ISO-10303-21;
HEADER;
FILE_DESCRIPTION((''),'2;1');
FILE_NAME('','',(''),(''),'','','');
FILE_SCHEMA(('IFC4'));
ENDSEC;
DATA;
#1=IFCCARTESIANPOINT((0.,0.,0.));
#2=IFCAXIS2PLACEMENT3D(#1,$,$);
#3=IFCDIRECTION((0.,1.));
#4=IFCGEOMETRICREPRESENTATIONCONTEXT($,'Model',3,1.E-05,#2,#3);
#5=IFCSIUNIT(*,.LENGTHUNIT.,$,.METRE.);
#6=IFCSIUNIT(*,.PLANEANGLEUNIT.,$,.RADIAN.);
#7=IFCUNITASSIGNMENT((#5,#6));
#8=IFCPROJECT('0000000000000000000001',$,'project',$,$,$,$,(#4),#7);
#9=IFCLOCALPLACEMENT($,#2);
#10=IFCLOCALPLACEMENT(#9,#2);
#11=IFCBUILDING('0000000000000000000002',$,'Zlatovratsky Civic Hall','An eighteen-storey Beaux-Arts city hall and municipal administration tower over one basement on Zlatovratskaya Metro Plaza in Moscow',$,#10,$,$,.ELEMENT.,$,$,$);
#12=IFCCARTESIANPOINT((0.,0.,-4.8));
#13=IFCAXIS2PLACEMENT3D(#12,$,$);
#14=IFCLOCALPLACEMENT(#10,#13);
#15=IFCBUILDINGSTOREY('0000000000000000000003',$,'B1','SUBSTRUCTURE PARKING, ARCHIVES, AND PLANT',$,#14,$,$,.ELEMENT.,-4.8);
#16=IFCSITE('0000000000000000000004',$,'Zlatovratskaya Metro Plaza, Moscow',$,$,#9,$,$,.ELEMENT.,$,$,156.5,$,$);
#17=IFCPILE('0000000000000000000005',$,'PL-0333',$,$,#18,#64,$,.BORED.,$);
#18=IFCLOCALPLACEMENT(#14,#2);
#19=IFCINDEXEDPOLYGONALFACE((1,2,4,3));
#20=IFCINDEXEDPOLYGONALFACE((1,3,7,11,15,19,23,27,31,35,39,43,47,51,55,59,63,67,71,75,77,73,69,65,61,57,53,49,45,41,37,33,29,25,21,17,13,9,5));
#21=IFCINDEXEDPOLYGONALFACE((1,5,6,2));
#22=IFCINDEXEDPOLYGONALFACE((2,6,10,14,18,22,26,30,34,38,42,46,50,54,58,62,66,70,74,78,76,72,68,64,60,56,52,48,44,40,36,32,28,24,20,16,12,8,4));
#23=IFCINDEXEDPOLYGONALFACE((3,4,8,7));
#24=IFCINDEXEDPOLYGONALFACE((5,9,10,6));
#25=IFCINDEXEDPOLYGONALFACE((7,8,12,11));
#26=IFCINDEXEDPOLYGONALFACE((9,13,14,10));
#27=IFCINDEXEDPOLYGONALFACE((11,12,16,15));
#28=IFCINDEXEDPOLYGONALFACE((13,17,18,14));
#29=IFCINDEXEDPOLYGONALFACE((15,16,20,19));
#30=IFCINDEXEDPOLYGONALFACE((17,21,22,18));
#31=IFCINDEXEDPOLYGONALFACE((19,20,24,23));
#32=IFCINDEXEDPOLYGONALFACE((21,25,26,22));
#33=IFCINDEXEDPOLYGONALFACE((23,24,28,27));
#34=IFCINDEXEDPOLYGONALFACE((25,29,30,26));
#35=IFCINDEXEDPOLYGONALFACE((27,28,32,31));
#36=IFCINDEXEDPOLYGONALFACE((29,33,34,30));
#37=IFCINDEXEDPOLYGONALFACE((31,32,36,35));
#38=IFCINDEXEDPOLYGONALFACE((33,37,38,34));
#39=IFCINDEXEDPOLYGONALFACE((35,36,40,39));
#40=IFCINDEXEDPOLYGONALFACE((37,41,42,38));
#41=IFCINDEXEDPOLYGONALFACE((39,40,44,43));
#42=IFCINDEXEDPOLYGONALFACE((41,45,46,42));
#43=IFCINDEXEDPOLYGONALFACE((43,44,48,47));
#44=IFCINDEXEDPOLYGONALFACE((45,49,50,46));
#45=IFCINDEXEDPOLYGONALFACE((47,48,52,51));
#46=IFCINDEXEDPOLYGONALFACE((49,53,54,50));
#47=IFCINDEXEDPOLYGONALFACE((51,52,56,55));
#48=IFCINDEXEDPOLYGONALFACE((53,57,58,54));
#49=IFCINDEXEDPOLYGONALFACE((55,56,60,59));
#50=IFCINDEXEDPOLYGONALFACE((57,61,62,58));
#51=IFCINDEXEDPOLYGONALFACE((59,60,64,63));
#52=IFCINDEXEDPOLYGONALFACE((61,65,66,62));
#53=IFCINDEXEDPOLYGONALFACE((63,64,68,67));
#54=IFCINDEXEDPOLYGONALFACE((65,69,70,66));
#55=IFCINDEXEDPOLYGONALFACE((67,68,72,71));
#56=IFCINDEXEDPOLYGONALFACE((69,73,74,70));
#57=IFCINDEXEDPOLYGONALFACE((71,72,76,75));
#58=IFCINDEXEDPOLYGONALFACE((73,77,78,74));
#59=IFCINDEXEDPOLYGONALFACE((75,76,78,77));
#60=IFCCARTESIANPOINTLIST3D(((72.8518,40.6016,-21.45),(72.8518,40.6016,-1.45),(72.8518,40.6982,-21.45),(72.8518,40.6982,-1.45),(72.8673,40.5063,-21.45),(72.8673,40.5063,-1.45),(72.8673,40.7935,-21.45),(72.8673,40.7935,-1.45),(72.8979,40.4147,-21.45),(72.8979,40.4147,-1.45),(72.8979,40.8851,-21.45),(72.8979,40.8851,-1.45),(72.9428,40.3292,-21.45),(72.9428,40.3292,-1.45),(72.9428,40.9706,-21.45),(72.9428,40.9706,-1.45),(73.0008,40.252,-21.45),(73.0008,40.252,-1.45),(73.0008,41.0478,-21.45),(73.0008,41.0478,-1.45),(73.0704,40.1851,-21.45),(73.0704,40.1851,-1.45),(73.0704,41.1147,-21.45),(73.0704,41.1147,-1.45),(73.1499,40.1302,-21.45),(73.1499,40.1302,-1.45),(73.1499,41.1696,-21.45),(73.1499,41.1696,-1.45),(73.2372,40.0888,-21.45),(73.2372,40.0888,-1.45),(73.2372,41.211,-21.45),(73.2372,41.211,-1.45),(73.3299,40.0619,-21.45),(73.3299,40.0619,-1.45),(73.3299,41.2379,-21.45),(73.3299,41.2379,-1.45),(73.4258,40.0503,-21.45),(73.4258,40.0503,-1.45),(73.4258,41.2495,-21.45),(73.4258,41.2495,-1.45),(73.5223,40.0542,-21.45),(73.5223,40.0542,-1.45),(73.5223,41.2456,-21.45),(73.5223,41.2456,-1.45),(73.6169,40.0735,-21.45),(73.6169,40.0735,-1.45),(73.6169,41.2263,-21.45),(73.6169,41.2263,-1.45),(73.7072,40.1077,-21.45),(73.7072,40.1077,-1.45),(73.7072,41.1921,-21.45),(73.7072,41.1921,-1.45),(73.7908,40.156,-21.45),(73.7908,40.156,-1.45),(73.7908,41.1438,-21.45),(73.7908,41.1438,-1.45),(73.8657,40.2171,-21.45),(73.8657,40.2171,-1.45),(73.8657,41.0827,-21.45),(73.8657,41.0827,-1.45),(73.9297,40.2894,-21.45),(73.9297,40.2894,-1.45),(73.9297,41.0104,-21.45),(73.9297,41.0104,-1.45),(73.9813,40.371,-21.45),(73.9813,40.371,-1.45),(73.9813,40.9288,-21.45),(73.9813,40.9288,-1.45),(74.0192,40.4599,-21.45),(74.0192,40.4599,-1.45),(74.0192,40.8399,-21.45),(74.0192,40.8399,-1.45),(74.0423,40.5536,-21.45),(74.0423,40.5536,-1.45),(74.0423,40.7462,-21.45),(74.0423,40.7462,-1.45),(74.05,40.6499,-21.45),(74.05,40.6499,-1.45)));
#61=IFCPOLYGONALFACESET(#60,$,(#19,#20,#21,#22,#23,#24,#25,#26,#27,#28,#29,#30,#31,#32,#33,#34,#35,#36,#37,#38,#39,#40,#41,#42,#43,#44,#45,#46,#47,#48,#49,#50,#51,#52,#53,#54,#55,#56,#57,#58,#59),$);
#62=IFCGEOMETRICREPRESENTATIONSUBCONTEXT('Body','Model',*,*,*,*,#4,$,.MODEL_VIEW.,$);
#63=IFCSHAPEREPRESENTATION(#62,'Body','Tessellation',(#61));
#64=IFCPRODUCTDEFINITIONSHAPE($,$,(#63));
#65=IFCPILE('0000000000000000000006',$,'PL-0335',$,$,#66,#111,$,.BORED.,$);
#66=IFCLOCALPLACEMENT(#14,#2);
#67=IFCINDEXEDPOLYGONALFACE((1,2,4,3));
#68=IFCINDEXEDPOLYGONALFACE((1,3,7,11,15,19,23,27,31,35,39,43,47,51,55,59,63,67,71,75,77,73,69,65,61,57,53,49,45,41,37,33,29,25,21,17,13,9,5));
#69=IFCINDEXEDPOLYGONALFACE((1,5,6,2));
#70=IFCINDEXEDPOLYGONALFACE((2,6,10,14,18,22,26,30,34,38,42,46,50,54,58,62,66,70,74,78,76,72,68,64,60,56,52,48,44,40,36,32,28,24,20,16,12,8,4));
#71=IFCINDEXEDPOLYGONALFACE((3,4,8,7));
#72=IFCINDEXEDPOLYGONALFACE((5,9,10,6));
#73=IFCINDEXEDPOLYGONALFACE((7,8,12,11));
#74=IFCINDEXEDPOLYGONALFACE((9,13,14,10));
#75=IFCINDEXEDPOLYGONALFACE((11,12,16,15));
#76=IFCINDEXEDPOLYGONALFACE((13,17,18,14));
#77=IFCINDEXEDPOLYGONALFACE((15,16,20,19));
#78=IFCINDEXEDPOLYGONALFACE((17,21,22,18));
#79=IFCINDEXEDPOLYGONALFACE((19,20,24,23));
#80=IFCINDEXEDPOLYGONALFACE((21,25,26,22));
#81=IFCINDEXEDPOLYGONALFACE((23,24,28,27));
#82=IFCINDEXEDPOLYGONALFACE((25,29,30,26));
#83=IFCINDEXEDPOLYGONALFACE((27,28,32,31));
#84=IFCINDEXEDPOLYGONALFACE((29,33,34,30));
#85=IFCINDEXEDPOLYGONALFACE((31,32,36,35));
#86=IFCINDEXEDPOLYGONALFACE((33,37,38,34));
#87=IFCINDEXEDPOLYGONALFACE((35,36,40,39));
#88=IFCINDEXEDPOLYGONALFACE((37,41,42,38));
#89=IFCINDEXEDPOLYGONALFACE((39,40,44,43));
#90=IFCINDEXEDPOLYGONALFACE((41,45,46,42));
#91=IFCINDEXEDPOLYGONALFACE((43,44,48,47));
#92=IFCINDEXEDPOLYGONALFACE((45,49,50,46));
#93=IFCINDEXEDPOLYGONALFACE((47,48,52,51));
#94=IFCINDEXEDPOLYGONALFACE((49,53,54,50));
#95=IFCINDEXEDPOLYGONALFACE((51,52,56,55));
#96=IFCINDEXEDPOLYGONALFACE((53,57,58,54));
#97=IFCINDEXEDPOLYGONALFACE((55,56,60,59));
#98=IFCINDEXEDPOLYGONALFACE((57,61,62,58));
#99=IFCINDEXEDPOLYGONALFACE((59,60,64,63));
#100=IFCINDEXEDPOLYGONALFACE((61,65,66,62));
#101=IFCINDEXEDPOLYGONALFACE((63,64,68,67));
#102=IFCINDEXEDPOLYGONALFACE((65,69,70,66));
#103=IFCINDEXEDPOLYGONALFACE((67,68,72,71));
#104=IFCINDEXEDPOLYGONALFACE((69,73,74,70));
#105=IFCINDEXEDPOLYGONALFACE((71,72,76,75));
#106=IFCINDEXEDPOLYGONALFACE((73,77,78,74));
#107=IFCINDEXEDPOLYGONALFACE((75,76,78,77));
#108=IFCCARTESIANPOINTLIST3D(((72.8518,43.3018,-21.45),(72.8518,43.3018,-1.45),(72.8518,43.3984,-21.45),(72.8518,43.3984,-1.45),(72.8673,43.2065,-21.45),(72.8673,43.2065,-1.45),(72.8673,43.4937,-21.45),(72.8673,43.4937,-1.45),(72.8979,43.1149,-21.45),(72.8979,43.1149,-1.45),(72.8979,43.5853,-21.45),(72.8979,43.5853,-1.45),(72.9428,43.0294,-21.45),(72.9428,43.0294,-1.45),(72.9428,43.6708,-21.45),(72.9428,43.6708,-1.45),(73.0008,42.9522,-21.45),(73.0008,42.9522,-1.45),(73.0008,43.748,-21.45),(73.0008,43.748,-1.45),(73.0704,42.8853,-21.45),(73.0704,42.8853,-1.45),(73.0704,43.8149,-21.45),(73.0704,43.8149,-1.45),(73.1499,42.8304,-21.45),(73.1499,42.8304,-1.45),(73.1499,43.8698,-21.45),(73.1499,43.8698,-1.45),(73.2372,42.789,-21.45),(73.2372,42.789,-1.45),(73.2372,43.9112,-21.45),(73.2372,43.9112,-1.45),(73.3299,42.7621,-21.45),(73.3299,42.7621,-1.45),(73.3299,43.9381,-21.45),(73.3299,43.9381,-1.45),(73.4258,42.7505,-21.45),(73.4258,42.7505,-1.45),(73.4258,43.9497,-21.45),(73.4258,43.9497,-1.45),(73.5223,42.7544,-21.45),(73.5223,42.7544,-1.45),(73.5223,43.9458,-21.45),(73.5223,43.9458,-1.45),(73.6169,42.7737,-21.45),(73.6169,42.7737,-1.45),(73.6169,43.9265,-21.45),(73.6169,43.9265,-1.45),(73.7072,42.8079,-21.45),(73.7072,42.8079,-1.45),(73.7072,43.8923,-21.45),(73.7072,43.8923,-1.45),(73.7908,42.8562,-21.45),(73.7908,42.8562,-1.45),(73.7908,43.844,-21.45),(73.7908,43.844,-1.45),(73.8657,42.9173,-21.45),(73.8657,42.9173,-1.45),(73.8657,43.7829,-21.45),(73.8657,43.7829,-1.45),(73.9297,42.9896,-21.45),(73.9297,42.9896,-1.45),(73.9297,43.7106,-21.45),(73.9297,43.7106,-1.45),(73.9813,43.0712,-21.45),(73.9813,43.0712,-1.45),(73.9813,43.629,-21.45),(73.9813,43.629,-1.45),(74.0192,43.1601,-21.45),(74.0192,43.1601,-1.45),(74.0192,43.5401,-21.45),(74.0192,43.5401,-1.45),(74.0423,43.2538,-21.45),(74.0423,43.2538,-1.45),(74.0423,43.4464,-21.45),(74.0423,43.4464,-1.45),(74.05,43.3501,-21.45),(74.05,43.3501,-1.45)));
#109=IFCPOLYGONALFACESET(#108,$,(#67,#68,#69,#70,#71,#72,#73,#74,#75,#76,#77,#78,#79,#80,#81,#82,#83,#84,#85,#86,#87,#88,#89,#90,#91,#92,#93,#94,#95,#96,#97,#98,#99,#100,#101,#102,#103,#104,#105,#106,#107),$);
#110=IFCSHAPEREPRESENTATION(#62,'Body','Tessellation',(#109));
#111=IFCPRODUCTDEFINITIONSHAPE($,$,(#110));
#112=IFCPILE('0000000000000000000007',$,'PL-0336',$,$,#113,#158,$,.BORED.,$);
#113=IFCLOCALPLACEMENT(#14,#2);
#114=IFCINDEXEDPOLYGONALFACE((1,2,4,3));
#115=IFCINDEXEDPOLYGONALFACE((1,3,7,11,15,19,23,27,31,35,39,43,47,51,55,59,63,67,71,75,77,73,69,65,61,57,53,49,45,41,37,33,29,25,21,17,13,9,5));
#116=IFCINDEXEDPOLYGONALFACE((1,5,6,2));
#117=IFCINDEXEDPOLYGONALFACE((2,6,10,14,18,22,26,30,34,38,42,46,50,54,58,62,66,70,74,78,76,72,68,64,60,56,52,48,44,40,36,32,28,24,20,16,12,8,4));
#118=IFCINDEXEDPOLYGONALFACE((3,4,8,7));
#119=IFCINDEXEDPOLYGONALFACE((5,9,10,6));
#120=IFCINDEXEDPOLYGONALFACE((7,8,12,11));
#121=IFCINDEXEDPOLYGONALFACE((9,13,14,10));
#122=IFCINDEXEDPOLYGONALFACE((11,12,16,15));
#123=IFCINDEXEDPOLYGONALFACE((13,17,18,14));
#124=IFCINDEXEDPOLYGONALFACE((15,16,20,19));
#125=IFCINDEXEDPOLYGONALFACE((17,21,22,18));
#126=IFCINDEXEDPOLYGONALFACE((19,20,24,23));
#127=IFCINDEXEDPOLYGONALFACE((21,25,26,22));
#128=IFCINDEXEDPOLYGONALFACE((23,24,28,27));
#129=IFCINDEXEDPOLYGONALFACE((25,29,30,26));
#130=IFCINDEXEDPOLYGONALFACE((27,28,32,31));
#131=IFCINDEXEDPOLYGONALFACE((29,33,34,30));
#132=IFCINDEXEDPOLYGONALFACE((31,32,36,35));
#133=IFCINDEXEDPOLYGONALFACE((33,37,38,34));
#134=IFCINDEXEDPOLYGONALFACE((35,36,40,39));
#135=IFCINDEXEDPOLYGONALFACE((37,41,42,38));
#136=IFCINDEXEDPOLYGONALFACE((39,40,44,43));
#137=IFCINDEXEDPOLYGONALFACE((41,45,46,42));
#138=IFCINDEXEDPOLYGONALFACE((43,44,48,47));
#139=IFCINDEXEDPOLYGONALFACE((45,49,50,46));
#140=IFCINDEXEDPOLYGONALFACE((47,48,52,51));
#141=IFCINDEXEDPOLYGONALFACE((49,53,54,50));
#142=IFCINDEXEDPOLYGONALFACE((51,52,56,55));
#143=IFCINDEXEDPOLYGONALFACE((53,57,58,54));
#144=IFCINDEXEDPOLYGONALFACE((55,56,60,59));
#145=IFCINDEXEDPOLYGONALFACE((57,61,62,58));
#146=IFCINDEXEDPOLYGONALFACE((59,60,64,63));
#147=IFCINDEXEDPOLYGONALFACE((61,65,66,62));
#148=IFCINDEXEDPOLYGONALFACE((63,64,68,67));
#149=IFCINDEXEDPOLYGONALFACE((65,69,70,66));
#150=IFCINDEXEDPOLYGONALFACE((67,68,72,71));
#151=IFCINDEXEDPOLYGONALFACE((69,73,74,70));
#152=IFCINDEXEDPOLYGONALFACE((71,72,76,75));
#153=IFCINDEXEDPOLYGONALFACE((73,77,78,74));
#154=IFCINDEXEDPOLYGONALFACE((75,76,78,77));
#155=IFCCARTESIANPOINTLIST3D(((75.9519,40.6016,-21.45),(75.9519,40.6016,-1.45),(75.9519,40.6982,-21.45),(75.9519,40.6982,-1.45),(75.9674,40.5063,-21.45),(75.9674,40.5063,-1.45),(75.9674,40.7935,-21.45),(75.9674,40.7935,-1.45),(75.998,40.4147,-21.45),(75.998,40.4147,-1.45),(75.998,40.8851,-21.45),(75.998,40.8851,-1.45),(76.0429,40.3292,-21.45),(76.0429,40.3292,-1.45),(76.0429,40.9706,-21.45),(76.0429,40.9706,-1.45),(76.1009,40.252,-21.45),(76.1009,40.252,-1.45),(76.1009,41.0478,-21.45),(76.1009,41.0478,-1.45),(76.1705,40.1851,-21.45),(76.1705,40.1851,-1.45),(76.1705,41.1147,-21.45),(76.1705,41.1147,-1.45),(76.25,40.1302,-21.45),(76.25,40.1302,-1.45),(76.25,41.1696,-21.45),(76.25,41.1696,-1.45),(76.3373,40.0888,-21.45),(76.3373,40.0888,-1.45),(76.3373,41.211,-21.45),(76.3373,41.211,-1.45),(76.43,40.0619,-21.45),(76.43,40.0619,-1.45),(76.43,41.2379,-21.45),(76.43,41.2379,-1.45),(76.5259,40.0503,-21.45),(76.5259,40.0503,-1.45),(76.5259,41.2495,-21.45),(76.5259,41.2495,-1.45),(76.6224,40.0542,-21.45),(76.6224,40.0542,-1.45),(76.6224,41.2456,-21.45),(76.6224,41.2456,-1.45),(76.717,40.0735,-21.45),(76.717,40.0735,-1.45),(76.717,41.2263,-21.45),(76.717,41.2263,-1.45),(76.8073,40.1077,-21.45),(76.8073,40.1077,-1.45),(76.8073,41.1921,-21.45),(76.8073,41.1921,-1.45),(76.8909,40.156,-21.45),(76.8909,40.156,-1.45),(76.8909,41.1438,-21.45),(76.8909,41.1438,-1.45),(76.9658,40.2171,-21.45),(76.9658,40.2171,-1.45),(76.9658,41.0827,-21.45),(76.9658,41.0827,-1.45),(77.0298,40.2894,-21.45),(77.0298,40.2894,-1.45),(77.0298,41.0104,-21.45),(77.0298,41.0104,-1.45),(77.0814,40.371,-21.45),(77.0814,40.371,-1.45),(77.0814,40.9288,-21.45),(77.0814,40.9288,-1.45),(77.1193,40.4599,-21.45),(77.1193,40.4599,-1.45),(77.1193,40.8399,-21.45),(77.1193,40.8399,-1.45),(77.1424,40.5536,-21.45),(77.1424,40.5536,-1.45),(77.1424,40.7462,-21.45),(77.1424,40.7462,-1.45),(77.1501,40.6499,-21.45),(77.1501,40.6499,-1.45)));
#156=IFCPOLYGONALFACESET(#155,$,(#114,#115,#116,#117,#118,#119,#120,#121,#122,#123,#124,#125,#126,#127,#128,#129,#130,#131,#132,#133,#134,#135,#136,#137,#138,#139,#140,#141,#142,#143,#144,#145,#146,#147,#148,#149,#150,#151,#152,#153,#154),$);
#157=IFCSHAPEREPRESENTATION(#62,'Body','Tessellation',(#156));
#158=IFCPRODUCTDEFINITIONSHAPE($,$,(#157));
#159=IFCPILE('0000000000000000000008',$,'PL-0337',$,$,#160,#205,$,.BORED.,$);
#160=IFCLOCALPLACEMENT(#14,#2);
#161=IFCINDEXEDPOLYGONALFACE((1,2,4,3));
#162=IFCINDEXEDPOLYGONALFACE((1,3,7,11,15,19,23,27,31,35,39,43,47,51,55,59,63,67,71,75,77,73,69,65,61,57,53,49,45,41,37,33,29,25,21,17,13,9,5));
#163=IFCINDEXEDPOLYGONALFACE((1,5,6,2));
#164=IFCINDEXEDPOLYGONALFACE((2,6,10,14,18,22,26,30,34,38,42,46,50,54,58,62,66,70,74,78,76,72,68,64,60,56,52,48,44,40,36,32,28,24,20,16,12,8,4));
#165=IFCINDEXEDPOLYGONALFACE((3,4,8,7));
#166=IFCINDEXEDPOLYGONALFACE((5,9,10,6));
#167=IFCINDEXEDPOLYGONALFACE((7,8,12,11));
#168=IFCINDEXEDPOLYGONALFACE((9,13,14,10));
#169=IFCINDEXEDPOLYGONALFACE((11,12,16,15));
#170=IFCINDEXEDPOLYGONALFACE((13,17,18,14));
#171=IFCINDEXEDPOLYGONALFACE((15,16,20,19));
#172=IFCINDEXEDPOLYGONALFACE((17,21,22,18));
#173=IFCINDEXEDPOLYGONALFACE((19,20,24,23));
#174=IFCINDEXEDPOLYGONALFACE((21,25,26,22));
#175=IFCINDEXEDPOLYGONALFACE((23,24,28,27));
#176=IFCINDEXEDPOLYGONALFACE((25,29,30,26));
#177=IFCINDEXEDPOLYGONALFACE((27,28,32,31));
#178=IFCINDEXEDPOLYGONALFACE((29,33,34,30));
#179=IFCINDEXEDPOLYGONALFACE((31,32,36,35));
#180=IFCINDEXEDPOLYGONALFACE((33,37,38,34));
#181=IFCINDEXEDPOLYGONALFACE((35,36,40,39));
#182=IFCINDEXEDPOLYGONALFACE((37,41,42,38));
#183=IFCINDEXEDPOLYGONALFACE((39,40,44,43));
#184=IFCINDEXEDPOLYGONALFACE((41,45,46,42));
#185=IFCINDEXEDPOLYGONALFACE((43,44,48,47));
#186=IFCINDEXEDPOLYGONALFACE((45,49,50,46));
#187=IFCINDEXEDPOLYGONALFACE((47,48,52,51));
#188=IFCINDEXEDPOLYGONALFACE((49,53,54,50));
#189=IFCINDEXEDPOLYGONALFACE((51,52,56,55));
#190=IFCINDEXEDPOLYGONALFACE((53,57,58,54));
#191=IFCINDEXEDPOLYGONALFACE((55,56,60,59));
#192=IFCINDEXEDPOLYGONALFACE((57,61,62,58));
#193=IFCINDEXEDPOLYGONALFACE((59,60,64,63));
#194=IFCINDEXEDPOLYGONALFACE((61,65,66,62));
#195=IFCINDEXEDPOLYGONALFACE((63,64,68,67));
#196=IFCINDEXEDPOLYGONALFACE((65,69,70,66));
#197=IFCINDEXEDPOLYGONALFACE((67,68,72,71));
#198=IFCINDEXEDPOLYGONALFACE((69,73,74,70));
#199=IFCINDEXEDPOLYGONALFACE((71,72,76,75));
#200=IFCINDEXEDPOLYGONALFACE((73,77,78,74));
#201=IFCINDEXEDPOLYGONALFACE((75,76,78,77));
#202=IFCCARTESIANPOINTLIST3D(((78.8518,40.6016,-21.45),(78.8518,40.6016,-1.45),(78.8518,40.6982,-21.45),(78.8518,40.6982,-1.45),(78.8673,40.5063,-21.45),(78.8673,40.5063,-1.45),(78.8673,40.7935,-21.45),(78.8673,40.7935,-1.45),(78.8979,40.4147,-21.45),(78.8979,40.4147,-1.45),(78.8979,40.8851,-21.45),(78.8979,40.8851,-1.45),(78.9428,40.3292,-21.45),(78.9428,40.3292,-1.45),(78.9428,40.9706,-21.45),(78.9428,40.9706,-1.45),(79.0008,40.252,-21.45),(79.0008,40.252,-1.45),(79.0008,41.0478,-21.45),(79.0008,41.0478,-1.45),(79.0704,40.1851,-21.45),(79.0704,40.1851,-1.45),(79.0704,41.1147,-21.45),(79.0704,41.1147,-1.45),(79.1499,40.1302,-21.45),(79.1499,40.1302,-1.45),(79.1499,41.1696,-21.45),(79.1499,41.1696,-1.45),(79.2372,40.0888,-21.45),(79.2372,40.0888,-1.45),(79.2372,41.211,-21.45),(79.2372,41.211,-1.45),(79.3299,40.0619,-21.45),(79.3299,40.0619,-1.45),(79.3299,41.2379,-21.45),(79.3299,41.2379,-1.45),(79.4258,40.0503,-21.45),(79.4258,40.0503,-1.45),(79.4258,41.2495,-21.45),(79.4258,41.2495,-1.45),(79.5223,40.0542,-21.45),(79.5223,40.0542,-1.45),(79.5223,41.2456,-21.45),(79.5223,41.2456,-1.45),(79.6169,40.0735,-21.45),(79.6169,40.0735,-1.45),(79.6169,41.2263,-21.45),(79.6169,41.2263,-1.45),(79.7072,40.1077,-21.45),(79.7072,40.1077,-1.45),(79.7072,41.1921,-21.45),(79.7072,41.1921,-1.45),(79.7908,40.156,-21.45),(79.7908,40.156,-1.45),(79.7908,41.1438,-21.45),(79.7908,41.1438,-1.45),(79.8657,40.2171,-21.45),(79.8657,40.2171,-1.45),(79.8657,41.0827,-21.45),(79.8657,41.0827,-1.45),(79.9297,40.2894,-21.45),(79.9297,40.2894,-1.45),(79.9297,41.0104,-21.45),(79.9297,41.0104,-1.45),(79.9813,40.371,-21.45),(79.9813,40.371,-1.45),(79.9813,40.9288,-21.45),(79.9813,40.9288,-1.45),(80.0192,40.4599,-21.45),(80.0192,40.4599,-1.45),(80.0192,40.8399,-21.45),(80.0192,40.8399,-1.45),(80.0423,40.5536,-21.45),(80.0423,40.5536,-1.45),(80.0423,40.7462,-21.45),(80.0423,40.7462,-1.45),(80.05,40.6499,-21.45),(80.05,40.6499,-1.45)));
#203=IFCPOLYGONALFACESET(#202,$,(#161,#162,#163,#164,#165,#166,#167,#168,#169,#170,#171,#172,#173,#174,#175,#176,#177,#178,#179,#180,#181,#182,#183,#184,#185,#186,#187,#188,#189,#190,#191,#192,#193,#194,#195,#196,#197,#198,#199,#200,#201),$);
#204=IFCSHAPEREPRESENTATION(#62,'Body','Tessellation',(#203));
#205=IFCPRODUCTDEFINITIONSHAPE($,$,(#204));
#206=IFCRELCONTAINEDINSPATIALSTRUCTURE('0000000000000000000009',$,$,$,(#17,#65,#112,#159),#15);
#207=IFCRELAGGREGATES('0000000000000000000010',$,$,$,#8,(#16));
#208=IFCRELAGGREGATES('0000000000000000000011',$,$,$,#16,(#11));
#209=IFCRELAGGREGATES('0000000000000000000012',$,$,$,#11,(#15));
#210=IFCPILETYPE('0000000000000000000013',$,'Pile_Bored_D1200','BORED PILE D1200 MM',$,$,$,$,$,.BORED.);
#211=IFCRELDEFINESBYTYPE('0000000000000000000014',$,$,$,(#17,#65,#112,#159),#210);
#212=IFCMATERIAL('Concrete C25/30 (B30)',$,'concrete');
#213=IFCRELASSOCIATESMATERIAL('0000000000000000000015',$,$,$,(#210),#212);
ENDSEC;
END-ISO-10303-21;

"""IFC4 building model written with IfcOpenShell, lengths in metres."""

from ifc_helpers import new_model, si_unit, direction, frame, origin, origin_2d, place, context, subcontext, project, spatial, circle, extrude, material, material_profile, profile_set, type_object, element, save


model = new_model("IFC4")

# Units and contexts
model_context = context("Model", 3, precision=1e-05, world=origin(), true_north=direction((0.0, 1.0)))
body_context = subcontext(model_context, "Body", "Model", "MODEL_VIEW")
ifc_project = project(units=[si_unit("LENGTHUNIT", "METRE"), si_unit("PLANEANGLEUNIT", "RADIAN")], contexts=[model_context])

# Site, building, storey
site_placement = place(None, origin())
site = spatial("IfcSite", under=ifc_project, at=site_placement, Name="Zlatovratskaya Metro Plaza, Moscow", CompositionType="ELEMENT", RefElevation=156.5)
building_placement = place(site_placement, origin())
building = spatial("IfcBuilding", under=site, at=building_placement, Name="Zlatovratsky Civic Hall", Description="An eighteen-storey Beaux-Arts city hall and municipal administration tower over one basement on Zlatovratskaya Metro Plaza in Moscow", CompositionType="ELEMENT")
storey_placement = place(building_placement, frame((0.0, 0.0, -4.8)))
storey = spatial("IfcBuildingStorey", under=building, at=storey_placement, Name="B1", Description="SUBSTRUCTURE PARKING, ARCHIVES, AND PLANT", CompositionType="ELEMENT", Elevation=-4.8)

# Shared definitions
ifc_material_1 = material(Name="Concrete C25/30 (B30)", Category="concrete")

# Piles
ifc_material_profile_1 = material_profile(ifc_material_1, circle(Radius=0.6001, at=origin_2d()), Name="PILE D1200")
ifc_profile_set_1 = profile_set([ifc_material_profile_1], Name="Concrete C25/30 (B30)")
pile_type_1 = type_object("IfcPileType", Name="Pile_Bored_D1200", Description="BORED PILE D1200 MM", PredefinedType="BORED", material=ifc_profile_set_1)
for number, where, z_axis, x_axis, name in (
    (1, (73.45, 40.6499, -1.45), (0.0, 0.0, -1.0), (1.0, 0.0, 0.0), "PL-0333"),
    (2, (73.45, 43.3501, -1.45), (0.0, 0.0, -1.0), (1.0, 0.0, 0.0), "PL-0335"),
    (3, (76.55, 40.6499, -1.45), (0.0, 0.0, -1.0), (1.0, 0.0, 0.0), "PL-0336"),
    (4, (79.45, 40.6499, -1.45), (0.0, 0.0, -1.0), (1.0, 0.0, 0.0), "PL-0337"),
):
    element("IfcPile", number, at=place(storey_placement, frame(where, z_axis=z_axis, x_axis=x_axis)), inside=storey, type_object=pile_type_1, Name=name, PredefinedType="BORED", context=body_context, shape_type="SweptSolid", body=[
        extrude(circle(Radius=0.6001, at=origin_2d()), origin(), (0.0, 0.0, 1.0), 20.0),
    ])

save(model, "model.ifc")
